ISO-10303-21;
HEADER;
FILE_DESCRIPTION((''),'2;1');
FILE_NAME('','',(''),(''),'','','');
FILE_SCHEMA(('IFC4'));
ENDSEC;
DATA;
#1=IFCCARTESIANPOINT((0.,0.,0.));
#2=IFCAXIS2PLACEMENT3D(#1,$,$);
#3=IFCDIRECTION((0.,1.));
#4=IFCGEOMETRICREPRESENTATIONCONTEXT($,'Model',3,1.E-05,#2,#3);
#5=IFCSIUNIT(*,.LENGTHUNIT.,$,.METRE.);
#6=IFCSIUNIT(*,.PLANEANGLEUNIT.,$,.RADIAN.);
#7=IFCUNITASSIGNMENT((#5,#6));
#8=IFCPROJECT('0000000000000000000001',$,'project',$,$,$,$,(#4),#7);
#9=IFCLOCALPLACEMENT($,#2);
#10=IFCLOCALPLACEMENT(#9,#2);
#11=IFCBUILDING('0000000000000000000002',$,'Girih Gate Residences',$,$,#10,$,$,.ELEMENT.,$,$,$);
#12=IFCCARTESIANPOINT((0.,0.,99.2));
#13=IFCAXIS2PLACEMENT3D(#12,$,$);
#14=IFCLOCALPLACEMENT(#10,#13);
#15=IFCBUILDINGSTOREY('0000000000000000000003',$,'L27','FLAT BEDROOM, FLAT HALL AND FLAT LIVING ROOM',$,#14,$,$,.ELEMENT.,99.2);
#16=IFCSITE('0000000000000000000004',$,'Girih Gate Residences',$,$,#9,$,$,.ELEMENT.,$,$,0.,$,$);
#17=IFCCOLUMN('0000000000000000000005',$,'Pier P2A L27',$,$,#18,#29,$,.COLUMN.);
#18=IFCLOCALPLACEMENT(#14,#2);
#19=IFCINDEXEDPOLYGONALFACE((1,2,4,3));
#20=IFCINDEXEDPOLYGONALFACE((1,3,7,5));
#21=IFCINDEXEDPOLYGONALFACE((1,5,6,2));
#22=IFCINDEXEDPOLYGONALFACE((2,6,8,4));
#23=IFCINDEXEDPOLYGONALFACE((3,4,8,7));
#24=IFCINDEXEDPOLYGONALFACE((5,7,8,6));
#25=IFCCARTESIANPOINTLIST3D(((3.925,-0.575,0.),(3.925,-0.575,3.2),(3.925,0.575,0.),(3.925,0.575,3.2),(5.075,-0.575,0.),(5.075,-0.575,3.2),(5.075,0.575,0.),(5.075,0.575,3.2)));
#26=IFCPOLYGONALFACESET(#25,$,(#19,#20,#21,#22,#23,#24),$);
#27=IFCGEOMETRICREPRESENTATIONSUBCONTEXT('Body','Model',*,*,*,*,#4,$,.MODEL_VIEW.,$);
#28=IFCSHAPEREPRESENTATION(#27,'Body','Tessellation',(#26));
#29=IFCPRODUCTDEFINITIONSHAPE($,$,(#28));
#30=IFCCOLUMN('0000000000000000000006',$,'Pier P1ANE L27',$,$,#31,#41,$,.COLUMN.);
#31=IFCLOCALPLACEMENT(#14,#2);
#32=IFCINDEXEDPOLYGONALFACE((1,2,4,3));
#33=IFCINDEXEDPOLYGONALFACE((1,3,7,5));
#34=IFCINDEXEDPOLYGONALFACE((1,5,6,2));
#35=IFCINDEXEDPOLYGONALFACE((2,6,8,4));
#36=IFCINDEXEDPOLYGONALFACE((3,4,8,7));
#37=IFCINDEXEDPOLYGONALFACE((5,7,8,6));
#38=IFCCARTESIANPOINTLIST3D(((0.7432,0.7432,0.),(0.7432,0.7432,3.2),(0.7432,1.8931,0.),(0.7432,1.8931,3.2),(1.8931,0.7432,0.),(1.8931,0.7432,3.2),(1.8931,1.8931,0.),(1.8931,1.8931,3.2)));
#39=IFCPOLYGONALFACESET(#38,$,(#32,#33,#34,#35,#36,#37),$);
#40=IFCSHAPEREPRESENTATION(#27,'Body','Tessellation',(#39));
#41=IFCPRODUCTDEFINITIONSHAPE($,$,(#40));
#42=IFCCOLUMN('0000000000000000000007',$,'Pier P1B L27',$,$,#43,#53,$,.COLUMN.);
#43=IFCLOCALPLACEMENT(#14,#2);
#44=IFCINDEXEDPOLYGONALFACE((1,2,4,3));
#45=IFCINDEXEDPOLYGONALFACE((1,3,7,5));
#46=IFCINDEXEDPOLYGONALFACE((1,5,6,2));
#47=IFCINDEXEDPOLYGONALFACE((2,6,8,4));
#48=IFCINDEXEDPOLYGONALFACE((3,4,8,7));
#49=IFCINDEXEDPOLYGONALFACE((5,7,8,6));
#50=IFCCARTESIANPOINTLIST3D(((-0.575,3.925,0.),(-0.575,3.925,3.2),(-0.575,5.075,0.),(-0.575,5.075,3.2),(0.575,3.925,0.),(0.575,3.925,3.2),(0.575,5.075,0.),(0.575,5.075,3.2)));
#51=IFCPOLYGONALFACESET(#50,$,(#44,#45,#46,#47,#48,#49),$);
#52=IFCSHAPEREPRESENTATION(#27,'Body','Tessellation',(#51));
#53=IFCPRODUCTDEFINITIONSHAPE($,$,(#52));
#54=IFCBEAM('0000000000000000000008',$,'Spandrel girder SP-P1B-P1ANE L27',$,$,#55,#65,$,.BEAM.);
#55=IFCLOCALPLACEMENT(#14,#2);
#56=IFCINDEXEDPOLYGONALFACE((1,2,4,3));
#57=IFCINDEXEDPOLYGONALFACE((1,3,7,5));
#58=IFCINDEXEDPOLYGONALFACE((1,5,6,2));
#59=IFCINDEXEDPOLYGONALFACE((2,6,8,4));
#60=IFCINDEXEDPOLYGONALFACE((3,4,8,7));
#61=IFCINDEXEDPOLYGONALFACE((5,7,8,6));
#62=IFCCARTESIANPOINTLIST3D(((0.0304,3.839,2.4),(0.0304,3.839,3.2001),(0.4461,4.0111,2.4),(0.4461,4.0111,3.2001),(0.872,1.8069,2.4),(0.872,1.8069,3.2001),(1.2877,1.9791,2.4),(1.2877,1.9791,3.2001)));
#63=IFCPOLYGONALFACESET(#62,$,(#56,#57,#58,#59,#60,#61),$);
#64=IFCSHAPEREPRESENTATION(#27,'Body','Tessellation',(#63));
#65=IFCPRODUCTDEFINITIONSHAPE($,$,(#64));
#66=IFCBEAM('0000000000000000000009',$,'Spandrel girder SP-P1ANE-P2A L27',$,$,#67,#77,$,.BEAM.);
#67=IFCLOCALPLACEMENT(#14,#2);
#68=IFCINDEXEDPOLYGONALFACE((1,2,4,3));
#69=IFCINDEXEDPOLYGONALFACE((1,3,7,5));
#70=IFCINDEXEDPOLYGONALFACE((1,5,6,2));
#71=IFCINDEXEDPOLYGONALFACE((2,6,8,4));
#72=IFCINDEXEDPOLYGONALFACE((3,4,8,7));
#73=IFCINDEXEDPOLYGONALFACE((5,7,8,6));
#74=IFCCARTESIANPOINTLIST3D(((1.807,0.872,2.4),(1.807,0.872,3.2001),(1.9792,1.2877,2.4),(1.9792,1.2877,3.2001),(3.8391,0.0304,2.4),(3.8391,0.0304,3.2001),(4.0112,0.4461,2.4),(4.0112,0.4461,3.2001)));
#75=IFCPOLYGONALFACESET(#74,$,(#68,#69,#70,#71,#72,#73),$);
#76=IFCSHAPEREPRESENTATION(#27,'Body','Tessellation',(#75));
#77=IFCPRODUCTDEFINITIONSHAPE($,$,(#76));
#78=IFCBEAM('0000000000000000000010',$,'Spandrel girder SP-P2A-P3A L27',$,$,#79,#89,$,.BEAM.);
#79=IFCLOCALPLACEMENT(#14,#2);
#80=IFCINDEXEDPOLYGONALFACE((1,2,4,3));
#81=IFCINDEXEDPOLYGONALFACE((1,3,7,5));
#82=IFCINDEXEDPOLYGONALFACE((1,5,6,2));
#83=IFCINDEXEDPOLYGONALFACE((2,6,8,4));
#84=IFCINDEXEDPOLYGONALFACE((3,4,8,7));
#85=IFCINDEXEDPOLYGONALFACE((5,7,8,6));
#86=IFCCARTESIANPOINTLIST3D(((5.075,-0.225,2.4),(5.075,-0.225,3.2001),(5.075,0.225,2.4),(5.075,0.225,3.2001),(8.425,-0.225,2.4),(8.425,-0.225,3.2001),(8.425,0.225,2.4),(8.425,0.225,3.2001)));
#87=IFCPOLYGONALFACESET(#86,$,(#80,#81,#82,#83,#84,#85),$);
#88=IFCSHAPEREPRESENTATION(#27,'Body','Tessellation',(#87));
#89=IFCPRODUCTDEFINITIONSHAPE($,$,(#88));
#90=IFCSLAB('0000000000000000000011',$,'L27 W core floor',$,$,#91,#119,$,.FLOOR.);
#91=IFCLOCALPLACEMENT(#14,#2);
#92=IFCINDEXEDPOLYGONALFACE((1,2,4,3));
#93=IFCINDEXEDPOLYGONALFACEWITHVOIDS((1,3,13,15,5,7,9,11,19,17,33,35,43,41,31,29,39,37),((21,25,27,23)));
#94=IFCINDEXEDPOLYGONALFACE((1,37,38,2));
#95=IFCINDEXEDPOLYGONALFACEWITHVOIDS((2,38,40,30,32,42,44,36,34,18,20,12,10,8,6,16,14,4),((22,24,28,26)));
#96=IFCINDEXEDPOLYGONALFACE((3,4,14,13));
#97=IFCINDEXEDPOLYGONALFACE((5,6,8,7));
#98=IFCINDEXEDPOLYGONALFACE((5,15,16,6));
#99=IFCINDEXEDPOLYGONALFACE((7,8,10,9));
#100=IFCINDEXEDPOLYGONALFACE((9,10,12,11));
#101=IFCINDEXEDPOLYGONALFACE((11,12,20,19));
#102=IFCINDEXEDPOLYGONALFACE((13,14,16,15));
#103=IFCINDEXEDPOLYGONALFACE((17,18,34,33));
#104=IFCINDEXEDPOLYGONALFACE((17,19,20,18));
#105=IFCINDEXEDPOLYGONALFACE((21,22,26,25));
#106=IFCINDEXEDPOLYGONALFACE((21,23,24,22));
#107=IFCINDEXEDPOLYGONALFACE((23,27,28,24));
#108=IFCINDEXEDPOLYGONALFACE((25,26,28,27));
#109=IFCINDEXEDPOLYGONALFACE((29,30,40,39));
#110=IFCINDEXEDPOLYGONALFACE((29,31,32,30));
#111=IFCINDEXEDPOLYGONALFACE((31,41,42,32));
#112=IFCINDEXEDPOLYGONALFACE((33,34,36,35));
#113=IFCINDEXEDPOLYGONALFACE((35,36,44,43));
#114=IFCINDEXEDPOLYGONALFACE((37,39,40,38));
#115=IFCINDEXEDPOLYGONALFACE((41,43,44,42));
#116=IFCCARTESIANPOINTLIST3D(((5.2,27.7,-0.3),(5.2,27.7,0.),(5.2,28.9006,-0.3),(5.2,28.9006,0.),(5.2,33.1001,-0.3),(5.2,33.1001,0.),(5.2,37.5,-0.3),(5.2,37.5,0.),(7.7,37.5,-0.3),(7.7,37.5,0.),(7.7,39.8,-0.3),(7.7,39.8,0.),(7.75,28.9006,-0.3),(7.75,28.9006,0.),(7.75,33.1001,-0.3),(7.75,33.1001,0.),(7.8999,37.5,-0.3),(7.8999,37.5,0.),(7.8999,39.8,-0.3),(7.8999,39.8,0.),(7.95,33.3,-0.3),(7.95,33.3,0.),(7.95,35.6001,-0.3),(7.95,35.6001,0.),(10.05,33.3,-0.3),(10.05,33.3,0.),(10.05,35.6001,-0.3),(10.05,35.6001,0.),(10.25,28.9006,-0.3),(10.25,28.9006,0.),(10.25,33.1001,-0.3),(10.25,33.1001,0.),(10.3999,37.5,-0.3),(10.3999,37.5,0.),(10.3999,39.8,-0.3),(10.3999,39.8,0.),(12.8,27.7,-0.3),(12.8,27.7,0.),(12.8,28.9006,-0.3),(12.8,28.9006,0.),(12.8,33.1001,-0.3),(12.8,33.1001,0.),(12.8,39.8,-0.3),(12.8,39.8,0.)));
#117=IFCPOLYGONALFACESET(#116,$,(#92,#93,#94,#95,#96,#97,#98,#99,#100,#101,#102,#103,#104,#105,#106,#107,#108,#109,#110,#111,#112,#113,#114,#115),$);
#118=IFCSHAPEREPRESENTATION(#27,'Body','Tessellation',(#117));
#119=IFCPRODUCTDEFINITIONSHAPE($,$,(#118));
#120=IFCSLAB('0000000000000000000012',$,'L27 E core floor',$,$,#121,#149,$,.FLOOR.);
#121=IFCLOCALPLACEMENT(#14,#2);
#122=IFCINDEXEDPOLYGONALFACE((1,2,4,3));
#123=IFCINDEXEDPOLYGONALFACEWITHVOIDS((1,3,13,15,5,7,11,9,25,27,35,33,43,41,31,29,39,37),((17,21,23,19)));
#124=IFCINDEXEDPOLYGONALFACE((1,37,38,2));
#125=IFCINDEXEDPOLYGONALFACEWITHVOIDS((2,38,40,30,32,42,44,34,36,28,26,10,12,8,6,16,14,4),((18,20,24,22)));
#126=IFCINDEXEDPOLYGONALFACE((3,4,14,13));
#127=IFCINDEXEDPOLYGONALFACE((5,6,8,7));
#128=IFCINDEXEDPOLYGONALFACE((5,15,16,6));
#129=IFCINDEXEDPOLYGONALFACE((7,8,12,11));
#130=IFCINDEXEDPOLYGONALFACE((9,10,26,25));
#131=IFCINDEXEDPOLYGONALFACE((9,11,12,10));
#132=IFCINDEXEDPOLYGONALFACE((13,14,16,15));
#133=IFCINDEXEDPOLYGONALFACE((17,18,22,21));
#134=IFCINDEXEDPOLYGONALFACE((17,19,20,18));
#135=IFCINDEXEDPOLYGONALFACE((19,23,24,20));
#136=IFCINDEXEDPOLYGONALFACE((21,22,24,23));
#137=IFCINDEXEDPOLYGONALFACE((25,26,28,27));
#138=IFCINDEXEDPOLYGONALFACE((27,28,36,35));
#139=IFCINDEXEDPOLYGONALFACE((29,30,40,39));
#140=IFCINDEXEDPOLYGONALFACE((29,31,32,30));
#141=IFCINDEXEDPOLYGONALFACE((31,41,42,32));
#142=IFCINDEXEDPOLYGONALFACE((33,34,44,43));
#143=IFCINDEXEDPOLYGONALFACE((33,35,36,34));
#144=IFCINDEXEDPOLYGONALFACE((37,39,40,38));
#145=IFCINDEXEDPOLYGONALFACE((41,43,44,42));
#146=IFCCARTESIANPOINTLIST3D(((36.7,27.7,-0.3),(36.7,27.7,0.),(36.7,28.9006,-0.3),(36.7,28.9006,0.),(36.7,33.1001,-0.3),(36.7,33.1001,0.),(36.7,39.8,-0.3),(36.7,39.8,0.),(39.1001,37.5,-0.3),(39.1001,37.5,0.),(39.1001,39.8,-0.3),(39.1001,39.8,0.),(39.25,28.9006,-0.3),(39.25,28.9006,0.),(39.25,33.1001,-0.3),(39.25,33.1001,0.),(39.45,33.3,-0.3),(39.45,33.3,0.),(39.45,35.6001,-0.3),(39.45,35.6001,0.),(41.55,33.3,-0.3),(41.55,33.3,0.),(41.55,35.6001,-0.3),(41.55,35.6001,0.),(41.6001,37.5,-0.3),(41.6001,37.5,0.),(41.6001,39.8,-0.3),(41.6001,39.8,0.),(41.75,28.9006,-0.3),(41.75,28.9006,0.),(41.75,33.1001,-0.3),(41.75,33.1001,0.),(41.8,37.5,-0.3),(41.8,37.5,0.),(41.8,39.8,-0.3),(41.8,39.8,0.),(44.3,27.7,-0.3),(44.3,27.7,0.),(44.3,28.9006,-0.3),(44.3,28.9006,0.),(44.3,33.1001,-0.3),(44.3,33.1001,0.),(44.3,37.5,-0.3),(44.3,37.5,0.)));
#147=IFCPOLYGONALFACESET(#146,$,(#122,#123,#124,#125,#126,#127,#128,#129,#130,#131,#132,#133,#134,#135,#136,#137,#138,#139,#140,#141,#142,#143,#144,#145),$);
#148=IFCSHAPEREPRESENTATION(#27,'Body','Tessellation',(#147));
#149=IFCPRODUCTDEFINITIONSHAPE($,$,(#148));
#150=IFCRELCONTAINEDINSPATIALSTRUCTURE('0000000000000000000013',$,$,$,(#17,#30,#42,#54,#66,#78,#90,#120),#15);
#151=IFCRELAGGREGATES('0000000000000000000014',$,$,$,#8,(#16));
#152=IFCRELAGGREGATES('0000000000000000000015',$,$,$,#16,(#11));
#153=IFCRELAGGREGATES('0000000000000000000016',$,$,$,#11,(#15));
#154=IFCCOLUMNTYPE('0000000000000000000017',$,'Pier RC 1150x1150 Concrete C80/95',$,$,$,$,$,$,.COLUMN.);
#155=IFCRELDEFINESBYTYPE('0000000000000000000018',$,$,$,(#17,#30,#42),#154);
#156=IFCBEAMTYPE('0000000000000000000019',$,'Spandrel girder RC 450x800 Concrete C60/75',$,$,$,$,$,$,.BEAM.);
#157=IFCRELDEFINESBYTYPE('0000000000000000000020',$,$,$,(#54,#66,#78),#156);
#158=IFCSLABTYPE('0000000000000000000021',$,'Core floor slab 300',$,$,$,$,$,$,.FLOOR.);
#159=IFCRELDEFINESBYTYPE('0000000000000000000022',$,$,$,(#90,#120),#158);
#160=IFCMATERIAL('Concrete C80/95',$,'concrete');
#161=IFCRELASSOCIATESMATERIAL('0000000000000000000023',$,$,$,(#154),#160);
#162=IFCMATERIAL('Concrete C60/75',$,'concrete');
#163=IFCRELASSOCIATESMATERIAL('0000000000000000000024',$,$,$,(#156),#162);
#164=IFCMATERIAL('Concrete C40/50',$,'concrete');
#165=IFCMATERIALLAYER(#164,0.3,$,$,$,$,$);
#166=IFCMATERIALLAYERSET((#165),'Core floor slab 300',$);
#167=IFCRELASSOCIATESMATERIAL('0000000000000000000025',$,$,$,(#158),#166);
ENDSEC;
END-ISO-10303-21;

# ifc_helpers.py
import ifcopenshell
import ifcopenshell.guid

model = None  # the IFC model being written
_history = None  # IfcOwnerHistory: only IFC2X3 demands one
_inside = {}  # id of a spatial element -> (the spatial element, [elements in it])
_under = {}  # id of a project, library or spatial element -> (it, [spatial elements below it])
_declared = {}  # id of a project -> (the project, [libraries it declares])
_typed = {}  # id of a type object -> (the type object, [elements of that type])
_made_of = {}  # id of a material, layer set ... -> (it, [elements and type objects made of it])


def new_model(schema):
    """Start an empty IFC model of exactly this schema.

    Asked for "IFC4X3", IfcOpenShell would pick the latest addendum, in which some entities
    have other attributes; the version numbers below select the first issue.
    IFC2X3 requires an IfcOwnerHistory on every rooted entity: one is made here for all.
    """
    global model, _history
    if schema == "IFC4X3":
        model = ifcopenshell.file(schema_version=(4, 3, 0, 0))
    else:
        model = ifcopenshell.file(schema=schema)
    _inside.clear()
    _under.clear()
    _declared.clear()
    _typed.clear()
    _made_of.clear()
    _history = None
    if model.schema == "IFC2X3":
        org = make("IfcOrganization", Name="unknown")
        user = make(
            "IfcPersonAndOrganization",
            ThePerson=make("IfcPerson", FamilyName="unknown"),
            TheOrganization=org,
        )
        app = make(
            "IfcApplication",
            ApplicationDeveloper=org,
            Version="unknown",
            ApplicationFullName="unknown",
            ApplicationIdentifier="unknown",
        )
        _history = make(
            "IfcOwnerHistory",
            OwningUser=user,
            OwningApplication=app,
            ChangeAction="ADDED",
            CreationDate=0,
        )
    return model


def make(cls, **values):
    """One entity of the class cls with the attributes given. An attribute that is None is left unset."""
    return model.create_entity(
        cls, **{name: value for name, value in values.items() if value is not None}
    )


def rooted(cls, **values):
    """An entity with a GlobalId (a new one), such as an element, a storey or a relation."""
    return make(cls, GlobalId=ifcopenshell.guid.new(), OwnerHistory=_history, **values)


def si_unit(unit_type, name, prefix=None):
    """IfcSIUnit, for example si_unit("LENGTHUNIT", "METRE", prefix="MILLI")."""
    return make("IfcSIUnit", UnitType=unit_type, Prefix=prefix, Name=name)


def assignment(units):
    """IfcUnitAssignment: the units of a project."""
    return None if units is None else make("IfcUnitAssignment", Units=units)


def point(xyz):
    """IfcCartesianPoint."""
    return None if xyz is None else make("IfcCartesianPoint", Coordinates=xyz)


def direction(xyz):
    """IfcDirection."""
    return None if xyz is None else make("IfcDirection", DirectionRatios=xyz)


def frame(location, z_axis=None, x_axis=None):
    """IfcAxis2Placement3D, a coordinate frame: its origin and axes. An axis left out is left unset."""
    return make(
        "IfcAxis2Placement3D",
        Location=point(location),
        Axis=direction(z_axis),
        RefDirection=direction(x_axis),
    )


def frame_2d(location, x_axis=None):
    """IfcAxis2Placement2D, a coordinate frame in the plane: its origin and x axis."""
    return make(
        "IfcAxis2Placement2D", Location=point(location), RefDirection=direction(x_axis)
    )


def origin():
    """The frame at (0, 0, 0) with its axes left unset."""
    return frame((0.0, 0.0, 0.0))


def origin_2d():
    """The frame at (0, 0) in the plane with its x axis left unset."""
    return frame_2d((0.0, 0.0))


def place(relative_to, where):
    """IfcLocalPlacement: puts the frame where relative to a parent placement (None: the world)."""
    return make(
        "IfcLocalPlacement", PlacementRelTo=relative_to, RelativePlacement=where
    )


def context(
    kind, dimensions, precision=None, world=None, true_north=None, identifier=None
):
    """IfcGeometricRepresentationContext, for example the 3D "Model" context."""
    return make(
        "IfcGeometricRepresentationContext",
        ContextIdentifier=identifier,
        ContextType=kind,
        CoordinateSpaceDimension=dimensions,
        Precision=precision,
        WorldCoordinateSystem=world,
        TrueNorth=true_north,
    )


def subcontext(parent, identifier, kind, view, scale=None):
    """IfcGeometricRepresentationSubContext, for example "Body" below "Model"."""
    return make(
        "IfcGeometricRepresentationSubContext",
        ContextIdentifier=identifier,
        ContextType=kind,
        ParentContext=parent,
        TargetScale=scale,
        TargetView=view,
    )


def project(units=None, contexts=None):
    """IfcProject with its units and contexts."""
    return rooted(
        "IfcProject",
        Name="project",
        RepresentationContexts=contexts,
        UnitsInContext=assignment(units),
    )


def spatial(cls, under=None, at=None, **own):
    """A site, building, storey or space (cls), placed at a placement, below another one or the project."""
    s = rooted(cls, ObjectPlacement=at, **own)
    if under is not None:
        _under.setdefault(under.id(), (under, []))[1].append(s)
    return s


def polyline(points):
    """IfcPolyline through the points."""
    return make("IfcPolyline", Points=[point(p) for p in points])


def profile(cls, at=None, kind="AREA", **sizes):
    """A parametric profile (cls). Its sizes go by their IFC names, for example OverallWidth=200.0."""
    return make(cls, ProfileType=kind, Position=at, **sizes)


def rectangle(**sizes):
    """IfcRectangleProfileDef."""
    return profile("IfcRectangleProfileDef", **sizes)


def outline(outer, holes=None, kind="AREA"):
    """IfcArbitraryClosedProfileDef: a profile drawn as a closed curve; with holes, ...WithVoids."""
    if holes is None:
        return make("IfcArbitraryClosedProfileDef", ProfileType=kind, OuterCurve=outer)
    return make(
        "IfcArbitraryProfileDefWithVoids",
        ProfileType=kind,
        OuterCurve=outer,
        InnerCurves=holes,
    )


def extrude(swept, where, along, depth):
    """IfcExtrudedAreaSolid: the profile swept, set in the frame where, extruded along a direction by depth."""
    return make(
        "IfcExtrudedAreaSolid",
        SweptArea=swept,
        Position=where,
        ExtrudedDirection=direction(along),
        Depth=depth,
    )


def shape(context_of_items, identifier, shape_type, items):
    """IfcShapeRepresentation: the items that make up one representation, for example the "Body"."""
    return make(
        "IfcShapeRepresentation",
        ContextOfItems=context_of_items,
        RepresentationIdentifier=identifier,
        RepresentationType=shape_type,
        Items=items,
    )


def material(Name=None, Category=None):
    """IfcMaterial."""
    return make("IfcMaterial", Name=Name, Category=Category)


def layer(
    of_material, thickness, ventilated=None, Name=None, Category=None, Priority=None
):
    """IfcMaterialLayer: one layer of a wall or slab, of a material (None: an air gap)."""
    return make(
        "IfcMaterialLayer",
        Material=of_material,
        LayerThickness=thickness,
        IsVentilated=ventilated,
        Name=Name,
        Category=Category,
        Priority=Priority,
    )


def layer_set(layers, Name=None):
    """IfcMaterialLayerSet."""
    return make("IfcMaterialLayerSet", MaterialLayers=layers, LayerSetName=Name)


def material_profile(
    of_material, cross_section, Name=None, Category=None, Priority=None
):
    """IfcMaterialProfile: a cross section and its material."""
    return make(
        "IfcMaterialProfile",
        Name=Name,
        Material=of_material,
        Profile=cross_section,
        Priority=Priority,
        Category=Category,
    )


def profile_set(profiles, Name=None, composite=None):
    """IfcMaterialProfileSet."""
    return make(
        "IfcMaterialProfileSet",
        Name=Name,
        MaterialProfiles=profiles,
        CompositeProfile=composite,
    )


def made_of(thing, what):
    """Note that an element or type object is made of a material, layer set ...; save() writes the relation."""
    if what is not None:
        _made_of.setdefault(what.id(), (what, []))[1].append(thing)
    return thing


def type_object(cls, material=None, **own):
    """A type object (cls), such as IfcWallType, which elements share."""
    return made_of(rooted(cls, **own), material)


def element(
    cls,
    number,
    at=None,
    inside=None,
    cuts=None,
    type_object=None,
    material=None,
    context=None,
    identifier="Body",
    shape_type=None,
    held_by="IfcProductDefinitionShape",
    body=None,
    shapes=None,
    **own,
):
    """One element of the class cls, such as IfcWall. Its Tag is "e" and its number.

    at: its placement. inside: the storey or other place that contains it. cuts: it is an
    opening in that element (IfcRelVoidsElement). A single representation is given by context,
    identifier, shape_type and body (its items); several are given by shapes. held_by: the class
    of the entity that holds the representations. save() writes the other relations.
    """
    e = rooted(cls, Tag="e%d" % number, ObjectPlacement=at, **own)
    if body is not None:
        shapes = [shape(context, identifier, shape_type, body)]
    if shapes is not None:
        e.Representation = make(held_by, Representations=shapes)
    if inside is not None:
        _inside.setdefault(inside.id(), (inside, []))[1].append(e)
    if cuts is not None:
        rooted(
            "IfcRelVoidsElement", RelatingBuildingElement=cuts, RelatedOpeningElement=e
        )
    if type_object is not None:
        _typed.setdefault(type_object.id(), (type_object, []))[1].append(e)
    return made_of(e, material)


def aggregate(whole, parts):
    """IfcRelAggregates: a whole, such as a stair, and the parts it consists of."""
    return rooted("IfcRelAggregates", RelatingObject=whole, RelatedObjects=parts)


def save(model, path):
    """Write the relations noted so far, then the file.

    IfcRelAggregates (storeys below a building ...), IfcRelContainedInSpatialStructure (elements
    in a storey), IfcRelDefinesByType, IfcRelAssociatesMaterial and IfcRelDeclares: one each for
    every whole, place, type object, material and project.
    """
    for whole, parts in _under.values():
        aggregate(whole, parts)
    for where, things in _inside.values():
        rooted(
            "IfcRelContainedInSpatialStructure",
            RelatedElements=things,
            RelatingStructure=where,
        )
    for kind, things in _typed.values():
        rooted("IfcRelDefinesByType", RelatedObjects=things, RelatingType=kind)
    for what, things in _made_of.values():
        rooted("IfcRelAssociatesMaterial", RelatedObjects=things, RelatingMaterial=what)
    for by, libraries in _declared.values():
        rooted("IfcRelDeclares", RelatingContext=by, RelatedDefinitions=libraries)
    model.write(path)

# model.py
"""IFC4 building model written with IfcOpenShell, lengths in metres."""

from ifc_helpers import new_model, si_unit, direction, frame, origin, origin_2d, place, context, subcontext, project, spatial, polyline, rectangle, outline, extrude, material, layer, layer_set, material_profile, profile_set, type_object, element, save


model = new_model("IFC4")

# Units and contexts
model_context = context("Model", 3, precision=1e-05, world=origin(), true_north=direction((0.0, 1.0)))
body_context = subcontext(model_context, "Body", "Model", "MODEL_VIEW")
ifc_project = project(units=[si_unit("LENGTHUNIT", "METRE"), si_unit("PLANEANGLEUNIT", "RADIAN")], contexts=[model_context])

# Site, building, storey
site_placement = place(None, origin())
site = spatial("IfcSite", under=ifc_project, at=site_placement, Name="Girih Gate Residences", CompositionType="ELEMENT", RefElevation=0.0)
building_placement = place(site_placement, origin())
building = spatial("IfcBuilding", under=site, at=building_placement, Name="Girih Gate Residences", CompositionType="ELEMENT")
storey_placement = place(building_placement, frame((0.0, 0.0, 99.2)))
storey = spatial("IfcBuildingStorey", under=building, at=storey_placement, Name="L27", Description="FLAT BEDROOM, FLAT HALL AND FLAT LIVING ROOM", CompositionType="ELEMENT", Elevation=99.2)

# Columns
ifc_material_1 = material(Name="Concrete C80/95", Category="concrete")
ifc_material_profile_1 = material_profile(ifc_material_1, rectangle(XDim=1.1499, YDim=1.1499, at=origin_2d()))
ifc_profile_set_1 = profile_set([ifc_material_profile_1], Name="Concrete C80/95")
column_type = type_object("IfcColumnType", Name="Pier RC 1150x1150 Concrete C80/95", PredefinedType="COLUMN", material=ifc_profile_set_1)
for number, where, z_axis, x_axis, name in (
    (1, (4.5, 0.0, 0.0), (0.0, 0.0, 1.0), (1.0, 0.0, 0.0), "Pier P2A L27"),
    (2, (1.3181, 1.3181, 0.0), (0.0, 0.0, 1.0), (1.0, 0.0, 0.0), "Pier P1ANE L27"),
    (3, (0.0, 4.5, 0.0), (0.0, 0.0, 1.0), (1.0, 0.0, 0.0), "Pier P1B L27"),
):
    element("IfcColumn", number, at=place(storey_placement, frame(where, z_axis=z_axis, x_axis=x_axis)), inside=storey, type_object=column_type, Name=name, PredefinedType="COLUMN", context=body_context, shape_type="SweptSolid", body=[
        extrude(rectangle(XDim=1.1499, YDim=1.1499, at=origin_2d()), origin(), (0.0, 0.0, 1.0), 3.2),
    ])

# Beams
ifc_material_2 = material(Name="Concrete C60/75", Category="concrete")
ifc_material_profile_2 = material_profile(ifc_material_2, rectangle(XDim=0.45, YDim=0.8, at=origin_2d()))
ifc_profile_set_2 = profile_set([ifc_material_profile_2], Name="Concrete C60/75")
beam_type = type_object("IfcBeamType", Name="Spandrel girder RC 450x800 Concrete C60/75", PredefinedType="BEAM", material=ifc_profile_set_2)
for number, where, z_axis, x_axis, name in (
    (4, (0.2383, 3.925, 2.8), (0.382636, -0.923899, 0.0), (0.923899, 0.382636, 0.0), "Spandrel girder SP-P1B-P1ANE L27"),
    (5, (1.8931, 1.0798, 2.8), (0.923899, -0.382636, 0.0), (0.382636, 0.923899, 0.0), "Spandrel girder SP-P1ANE-P2A L27"),
):
    element("IfcBeam", number, at=place(storey_placement, frame(where, z_axis=z_axis, x_axis=x_axis)), inside=storey, type_object=beam_type, Name=name, PredefinedType="BEAM", context=body_context, shape_type="SweptSolid", body=[
        extrude(rectangle(XDim=0.45, YDim=0.8, at=origin_2d()), origin(), (0.0, 0.0, 1.0), 2.1995),
    ])
beam_placement = place(storey_placement, frame((5.075, 0.0, 2.8), z_axis=(1.0, 0.0, 0.0), x_axis=(0.0, 1.0, 0.0)))
element("IfcBeam", 6, at=beam_placement, inside=storey, type_object=beam_type, Name="Spandrel girder SP-P2A-P3A L27", PredefinedType="BEAM", context=body_context, shape_type="SweptSolid", body=[
    extrude(rectangle(XDim=0.45, YDim=0.8, at=origin_2d()), origin(), (0.0, 0.0, 1.0), 3.3501),
])

# Slabs
ifc_material_3 = material(Name="Concrete C40/50", Category="concrete")
ifc_layer_1 = layer(ifc_material_3, 0.3)
ifc_layer_set_1 = layer_set([ifc_layer_1], Name="Core floor slab 300")
slab_type_1 = type_object("IfcSlabType", Name="Core floor slab 300", PredefinedType="FLOOR", material=ifc_layer_set_1)
slab_1_placement = place(storey_placement, frame((0.0, 0.0, -0.3)))
element("IfcSlab", 7, at=slab_1_placement, inside=storey, type_object=slab_type_1, Name="L27 W core floor", PredefinedType="FLOOR", context=body_context, shape_type="SweptSolid", body=[
    extrude(outline(polyline([(12.8, 27.7), (5.2, 27.7), (5.2, 28.9006), (7.75, 28.9006), (7.75, 33.1001), (5.2, 33.1001), (5.2, 37.5), (7.7, 37.5), (7.7, 39.8), (7.8999, 39.8), (7.8999, 37.5), (10.3999, 37.5), (10.3999, 39.8), (12.8, 39.8), (12.8, 33.1001), (10.25, 33.1001), (10.25, 28.9006), (12.8, 28.9006), (12.8, 27.7)]), holes=[polyline([(7.95, 33.3), (10.05, 33.3), (10.05, 35.6001), (7.95, 35.6001), (7.95, 33.3)])]), origin(), (0.0, 0.0, 1.0), 0.3),
])
slab_2_placement = place(storey_placement, frame((0.0, 0.0, -0.3)))
element("IfcSlab", 8, at=slab_2_placement, inside=storey, type_object=slab_type_1, Name="L27 E core floor", PredefinedType="FLOOR", context=body_context, shape_type="SweptSolid", body=[
    extrude(outline(polyline([(44.3, 27.7), (36.7, 27.7), (36.7, 28.9006), (39.25, 28.9006), (39.25, 33.1001), (36.7, 33.1001), (36.7, 39.8), (39.1001, 39.8), (39.1001, 37.5), (41.6001, 37.5), (41.6001, 39.8), (41.8, 39.8), (41.8, 37.5), (44.3, 37.5), (44.3, 33.1001), (41.75, 33.1001), (41.75, 28.9006), (44.3, 28.9006), (44.3, 27.7)]), holes=[polyline([(39.45, 33.3), (41.55, 33.3), (41.55, 35.6001), (39.45, 35.6001), (39.45, 33.3)])]), origin(), (0.0, 0.0, 1.0), 0.3),
])

save(model, "model.ifc")
